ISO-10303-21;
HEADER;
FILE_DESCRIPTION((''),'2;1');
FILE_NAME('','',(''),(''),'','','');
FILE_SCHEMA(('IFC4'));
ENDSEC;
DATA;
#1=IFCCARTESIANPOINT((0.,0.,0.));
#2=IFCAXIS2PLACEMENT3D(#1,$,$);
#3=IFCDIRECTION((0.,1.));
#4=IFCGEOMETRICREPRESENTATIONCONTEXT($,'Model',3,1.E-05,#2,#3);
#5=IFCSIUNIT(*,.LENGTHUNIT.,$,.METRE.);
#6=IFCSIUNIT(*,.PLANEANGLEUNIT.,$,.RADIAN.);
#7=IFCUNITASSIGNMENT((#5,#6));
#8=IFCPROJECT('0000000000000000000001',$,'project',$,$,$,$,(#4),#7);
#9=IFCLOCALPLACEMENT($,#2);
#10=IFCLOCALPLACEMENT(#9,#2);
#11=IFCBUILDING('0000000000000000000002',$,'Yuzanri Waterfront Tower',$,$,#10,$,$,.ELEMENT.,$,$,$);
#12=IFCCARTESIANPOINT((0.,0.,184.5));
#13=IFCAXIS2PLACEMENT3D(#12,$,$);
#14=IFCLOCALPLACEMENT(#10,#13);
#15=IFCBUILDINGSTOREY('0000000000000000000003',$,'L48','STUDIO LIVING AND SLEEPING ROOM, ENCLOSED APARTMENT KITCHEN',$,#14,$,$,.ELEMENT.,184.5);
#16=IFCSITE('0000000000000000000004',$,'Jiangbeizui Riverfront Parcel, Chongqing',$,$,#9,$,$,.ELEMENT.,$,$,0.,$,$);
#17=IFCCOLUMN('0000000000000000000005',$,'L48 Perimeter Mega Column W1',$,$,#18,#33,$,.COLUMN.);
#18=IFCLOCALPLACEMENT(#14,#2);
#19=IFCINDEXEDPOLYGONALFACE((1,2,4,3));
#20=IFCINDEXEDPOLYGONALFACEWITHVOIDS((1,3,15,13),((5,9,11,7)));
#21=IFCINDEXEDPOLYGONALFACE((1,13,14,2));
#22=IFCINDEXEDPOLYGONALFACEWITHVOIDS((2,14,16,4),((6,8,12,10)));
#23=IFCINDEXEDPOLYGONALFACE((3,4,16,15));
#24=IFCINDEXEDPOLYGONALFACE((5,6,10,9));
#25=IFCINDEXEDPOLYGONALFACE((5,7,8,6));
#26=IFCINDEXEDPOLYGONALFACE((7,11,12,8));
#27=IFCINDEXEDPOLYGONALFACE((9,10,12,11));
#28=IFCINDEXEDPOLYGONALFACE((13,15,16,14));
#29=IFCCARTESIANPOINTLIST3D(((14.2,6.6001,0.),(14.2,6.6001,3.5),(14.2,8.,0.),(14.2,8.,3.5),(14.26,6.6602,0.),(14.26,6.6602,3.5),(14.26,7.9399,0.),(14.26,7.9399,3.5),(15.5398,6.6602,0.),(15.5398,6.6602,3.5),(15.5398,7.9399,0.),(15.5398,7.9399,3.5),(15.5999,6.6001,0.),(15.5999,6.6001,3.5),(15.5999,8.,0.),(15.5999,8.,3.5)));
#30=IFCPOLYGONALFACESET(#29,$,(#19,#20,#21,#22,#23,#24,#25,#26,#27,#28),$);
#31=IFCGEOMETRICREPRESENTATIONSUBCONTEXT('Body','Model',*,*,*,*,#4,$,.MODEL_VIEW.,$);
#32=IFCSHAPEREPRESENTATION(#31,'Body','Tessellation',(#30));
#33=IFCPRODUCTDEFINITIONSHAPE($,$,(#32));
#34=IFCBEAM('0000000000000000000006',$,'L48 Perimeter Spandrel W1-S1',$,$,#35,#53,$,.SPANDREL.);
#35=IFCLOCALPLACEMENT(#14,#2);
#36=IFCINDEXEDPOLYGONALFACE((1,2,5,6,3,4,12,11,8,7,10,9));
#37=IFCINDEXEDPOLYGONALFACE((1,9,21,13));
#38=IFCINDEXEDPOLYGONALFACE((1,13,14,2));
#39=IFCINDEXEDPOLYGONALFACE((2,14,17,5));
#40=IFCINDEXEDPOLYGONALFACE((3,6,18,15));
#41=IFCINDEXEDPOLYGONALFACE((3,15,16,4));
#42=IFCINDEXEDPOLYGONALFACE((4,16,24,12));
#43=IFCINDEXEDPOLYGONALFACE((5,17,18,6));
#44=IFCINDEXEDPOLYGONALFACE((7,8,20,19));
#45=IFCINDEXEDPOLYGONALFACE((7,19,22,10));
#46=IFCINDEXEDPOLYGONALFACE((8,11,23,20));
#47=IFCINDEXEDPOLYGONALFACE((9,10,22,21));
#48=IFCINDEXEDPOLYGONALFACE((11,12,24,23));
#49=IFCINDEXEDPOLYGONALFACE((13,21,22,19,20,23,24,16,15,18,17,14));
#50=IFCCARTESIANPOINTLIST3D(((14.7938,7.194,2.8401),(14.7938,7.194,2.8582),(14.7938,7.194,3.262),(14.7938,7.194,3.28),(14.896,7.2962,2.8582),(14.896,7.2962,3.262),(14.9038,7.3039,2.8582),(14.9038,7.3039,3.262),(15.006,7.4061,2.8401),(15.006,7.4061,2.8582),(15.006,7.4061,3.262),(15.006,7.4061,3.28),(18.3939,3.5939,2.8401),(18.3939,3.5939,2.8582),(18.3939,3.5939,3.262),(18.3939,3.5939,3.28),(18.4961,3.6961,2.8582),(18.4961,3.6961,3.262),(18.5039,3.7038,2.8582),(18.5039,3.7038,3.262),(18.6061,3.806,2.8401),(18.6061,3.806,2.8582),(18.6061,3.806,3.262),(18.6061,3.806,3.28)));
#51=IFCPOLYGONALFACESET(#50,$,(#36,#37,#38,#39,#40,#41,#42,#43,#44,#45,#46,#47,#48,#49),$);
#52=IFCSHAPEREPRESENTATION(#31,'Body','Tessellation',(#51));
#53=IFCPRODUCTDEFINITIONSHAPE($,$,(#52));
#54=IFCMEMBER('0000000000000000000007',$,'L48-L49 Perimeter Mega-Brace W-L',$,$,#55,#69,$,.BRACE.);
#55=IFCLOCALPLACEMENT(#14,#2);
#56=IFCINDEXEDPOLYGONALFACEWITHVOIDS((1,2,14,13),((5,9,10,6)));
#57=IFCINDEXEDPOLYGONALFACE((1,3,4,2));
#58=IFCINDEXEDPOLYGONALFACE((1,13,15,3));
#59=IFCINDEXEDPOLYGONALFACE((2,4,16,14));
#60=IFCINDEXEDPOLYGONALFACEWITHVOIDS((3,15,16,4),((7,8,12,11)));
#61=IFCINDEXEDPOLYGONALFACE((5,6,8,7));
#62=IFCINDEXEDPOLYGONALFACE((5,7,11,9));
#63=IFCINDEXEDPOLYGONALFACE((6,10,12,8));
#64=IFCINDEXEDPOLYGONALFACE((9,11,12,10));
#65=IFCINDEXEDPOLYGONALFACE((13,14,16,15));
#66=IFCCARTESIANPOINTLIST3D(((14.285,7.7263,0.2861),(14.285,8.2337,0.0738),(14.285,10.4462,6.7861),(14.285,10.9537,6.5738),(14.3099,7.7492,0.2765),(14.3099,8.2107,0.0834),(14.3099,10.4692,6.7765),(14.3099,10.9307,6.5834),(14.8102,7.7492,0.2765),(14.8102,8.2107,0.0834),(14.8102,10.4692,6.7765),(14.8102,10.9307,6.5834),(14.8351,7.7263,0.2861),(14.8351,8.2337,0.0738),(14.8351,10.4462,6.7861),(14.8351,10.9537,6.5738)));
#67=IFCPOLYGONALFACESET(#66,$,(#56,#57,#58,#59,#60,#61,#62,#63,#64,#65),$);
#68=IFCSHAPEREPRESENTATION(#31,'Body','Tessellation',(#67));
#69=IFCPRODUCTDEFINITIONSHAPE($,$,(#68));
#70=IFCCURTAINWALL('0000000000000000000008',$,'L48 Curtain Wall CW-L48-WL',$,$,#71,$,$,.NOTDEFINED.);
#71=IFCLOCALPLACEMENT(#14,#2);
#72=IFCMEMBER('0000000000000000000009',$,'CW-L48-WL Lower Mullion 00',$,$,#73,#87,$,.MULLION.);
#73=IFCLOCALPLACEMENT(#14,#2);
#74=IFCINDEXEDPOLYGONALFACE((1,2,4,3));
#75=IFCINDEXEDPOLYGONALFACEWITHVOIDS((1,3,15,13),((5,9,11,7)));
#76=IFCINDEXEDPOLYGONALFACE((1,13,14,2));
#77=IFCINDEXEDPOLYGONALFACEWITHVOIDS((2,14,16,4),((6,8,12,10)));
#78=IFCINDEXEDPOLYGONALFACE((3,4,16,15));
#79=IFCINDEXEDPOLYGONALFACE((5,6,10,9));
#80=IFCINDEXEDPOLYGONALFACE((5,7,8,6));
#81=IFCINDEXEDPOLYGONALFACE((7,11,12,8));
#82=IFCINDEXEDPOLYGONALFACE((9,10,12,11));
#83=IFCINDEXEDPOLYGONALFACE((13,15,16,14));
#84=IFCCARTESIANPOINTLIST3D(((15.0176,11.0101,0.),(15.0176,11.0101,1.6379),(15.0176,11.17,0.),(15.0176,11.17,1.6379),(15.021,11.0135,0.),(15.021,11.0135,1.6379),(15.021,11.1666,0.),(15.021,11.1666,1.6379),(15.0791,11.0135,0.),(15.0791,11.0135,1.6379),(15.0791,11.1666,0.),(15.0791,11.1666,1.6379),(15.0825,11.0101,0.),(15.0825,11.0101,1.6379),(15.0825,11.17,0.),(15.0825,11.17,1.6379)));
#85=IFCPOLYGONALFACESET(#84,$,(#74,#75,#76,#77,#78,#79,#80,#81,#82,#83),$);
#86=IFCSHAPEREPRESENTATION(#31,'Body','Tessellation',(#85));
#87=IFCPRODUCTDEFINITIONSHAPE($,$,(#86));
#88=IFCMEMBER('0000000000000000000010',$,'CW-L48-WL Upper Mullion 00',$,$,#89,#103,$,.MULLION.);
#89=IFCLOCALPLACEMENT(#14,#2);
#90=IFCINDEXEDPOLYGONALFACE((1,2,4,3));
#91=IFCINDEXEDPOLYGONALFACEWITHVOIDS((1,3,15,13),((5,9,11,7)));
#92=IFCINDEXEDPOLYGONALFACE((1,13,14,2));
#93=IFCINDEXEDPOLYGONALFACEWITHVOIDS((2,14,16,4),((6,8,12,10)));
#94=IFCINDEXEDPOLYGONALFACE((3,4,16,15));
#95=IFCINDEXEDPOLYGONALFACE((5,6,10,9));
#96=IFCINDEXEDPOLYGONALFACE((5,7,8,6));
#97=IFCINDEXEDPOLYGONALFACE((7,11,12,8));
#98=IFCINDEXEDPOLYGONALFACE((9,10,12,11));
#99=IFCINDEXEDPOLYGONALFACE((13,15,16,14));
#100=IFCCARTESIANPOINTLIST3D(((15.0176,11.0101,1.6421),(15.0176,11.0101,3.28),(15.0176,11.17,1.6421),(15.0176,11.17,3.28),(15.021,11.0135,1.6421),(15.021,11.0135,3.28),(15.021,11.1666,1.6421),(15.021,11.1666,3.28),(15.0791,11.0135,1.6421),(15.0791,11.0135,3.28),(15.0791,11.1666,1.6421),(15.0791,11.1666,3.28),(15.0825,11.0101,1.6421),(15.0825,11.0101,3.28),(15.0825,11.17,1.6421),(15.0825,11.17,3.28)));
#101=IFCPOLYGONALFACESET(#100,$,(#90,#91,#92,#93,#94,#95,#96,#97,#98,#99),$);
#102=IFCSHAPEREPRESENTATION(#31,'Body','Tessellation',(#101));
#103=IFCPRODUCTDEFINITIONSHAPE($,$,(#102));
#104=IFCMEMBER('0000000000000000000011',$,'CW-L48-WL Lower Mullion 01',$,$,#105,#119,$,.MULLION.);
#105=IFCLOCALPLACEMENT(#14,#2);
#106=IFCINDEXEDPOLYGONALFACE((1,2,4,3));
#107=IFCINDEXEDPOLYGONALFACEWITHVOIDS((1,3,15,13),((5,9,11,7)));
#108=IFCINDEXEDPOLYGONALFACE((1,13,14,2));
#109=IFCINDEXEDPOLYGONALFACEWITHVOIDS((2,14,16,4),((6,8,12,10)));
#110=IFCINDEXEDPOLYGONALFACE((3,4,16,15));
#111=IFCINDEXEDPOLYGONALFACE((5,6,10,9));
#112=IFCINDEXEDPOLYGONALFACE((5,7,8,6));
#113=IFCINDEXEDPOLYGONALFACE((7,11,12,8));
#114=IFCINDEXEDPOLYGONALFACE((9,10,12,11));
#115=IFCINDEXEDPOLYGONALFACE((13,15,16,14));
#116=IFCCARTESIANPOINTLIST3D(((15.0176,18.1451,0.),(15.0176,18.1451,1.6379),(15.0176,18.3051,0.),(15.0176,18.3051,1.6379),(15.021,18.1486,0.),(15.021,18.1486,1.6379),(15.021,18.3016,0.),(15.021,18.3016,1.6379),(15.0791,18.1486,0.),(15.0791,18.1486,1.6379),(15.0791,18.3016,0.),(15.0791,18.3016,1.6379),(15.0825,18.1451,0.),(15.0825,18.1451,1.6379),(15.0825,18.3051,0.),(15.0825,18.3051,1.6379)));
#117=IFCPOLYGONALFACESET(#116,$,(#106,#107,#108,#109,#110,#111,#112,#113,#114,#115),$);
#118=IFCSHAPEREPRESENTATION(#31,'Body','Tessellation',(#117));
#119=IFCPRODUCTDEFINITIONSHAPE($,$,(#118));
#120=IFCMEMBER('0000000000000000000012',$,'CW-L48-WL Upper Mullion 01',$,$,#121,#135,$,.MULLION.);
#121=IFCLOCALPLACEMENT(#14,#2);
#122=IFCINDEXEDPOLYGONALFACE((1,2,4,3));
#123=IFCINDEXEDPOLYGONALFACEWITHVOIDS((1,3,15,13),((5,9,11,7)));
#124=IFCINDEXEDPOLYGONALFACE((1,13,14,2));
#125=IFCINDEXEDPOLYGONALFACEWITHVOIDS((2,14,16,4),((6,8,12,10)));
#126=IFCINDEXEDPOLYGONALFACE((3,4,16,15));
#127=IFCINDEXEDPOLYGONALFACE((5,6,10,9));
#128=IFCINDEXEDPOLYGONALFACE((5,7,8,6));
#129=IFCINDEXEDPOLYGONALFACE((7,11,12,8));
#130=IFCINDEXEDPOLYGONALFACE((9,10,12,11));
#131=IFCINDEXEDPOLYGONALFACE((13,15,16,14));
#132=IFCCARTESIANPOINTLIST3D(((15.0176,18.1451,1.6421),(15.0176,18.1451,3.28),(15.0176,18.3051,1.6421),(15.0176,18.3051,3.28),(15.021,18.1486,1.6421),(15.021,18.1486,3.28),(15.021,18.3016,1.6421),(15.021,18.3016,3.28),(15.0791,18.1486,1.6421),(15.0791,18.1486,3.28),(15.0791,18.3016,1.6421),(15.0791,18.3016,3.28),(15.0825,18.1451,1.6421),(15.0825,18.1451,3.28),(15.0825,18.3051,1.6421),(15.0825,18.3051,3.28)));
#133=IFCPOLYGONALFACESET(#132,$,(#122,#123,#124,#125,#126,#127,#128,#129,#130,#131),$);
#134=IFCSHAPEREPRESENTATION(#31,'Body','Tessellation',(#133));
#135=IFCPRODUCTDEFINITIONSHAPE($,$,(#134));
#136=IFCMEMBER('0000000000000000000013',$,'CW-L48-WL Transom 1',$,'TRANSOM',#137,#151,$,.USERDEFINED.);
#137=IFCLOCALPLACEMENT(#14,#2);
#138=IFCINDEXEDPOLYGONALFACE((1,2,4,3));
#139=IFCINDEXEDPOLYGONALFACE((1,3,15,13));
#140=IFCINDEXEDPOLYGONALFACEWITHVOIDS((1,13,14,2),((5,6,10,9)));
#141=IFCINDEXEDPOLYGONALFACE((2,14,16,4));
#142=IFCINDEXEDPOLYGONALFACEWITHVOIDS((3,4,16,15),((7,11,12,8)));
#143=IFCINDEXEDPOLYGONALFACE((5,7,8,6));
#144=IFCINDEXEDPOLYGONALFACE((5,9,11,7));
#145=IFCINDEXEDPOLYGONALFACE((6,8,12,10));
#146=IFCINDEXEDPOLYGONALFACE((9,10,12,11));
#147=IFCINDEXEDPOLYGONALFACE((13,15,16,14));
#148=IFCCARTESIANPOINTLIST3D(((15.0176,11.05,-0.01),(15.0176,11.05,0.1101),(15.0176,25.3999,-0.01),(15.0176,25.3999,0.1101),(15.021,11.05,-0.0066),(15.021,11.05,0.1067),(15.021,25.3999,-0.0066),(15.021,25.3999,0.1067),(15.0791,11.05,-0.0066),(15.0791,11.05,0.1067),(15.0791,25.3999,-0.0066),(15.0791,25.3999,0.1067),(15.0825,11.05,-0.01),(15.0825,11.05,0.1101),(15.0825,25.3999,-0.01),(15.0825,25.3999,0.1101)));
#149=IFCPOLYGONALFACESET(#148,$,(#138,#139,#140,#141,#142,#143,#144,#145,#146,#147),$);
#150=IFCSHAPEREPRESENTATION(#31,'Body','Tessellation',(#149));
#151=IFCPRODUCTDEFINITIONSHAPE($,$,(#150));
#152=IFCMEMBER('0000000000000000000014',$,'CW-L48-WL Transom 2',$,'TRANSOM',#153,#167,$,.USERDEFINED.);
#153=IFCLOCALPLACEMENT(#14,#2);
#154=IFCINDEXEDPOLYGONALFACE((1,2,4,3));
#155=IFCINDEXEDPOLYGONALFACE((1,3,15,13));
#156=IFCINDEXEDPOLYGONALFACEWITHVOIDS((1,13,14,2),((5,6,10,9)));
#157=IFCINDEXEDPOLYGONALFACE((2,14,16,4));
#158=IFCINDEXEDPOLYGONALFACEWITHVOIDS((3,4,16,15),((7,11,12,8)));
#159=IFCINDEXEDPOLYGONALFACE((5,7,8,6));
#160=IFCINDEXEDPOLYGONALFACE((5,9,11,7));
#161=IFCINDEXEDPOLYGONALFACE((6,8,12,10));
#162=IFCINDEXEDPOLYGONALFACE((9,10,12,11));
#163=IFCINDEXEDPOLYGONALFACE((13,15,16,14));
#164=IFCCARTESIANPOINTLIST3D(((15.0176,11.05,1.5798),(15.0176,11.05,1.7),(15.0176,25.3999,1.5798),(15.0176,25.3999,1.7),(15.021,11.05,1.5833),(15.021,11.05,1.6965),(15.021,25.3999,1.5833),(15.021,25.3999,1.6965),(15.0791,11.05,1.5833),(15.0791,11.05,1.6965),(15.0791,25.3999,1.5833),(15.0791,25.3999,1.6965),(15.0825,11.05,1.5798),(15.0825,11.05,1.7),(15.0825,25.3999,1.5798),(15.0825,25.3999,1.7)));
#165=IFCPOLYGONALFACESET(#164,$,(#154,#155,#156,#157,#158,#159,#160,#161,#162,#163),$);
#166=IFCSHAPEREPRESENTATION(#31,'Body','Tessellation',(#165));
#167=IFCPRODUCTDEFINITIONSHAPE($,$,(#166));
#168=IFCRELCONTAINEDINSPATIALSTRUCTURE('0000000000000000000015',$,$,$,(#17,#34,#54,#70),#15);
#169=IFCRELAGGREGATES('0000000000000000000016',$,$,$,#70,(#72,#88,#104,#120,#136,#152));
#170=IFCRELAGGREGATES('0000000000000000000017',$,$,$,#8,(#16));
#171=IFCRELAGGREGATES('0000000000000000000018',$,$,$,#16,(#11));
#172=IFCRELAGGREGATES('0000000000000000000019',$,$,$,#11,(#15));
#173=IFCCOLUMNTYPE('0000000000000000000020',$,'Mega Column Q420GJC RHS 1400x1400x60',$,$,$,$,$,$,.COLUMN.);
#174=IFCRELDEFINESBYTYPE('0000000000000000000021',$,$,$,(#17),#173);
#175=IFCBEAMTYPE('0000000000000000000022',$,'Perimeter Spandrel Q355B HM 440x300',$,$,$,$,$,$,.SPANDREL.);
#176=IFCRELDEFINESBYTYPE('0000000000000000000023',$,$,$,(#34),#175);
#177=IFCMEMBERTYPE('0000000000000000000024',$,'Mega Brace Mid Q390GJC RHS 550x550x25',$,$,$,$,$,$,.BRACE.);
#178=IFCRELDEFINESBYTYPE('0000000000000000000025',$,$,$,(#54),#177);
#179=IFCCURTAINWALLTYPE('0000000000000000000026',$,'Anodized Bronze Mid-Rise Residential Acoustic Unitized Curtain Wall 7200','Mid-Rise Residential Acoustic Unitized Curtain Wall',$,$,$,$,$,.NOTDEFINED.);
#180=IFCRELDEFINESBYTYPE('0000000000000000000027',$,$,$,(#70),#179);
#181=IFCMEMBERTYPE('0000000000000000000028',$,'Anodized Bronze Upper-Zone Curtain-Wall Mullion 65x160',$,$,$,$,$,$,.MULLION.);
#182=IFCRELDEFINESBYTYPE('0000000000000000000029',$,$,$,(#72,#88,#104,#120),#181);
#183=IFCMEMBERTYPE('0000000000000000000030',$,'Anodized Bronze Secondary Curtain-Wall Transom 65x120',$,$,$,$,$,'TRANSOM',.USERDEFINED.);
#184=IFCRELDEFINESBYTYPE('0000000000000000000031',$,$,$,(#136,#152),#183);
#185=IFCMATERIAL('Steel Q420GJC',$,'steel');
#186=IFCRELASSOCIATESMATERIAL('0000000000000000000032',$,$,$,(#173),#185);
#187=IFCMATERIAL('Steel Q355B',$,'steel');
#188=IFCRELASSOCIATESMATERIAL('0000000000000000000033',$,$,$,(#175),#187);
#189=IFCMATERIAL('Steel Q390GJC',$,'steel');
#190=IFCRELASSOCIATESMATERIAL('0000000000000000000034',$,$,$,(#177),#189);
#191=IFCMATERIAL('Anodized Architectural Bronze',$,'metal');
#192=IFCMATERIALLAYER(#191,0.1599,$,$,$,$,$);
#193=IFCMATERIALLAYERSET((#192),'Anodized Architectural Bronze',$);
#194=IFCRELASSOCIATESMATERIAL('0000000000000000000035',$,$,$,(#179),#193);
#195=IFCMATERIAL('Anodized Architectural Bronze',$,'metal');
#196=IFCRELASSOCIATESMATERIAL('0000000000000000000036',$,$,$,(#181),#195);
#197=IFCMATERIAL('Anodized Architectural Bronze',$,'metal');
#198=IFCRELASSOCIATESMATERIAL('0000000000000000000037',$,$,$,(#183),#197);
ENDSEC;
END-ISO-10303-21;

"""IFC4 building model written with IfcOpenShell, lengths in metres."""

from ifc_helpers import new_model, si_unit, direction, frame, origin, origin_2d, place, context, subcontext, project, spatial, hollow_rectangle, i_section, extrude, source, transform, mapped, material, layer, layer_set, material_profile, profile_set, type_object, element, aggregate, save


model = new_model("IFC4")

# Units and contexts
model_context = context("Model", 3, precision=1e-05, world=origin(), true_north=direction((0.0, 1.0)))
body_context = subcontext(model_context, "Body", "Model", "MODEL_VIEW")
ifc_project = project(units=[si_unit("LENGTHUNIT", "METRE"), si_unit("PLANEANGLEUNIT", "RADIAN")], contexts=[model_context])

# Site, building, storey
site_placement = place(None, origin())
site = spatial("IfcSite", under=ifc_project, at=site_placement, Name="Jiangbeizui Riverfront Parcel, Chongqing", CompositionType="ELEMENT", RefElevation=0.0)
building_placement = place(site_placement, origin())
building = spatial("IfcBuilding", under=site, at=building_placement, Name="Yuzanri Waterfront Tower", CompositionType="ELEMENT")
storey_placement = place(building_placement, frame((0.0, 0.0, 184.5)))
storey = spatial("IfcBuildingStorey", under=building, at=storey_placement, Name="L48", Description="STUDIO LIVING AND SLEEPING ROOM, ENCLOSED APARTMENT KITCHEN", CompositionType="ELEMENT", Elevation=184.5)

# Column
ifc_material_1 = material(Name="Steel Q420GJC", Category="steel")
ifc_material_profile_1 = material_profile(ifc_material_1, hollow_rectangle(XDim=1.3999, YDim=1.3999, WallThickness=0.0601, at=origin_2d()), Name="RHS 1400x1400x60")
ifc_profile_set_1 = profile_set([ifc_material_profile_1], Name="Steel Q420GJC")
column_type = type_object("IfcColumnType", Name="Mega Column Q420GJC RHS 1400x1400x60", PredefinedType="COLUMN", material=ifc_profile_set_1)
shared_shape_1 = source(origin(), body_context, "Body", "SweptSolid", [
    extrude(hollow_rectangle(XDim=1.3999, YDim=1.3999, WallThickness=0.0601, at=origin_2d()), origin(), (0.0, 0.0, 1.0), 3.5),
])
column_placement = place(storey_placement, frame((14.8999, 7.3, 0.0), z_axis=(0.0, 0.0, 1.0), x_axis=(1.0, 0.0, 0.0)))
element("IfcColumn", 1, at=column_placement, inside=storey, type_object=column_type, Name="L48 Perimeter Mega Column W1", PredefinedType="COLUMN", context=body_context, shape_type="MappedRepresentation", body=[
    mapped(shared_shape_1, transform((0.0, 0.0, 0.0), scale=1.0)),
])

# Beam
ifc_material_2 = material(Name="Steel Q355B", Category="steel")
ifc_material_profile_2 = material_profile(ifc_material_2, i_section(OverallWidth=0.3, OverallDepth=0.4399, WebThickness=0.011, FlangeThickness=0.0181, at=origin_2d()), Name="HM 440x300x11x18")
ifc_profile_set_2 = profile_set([ifc_material_profile_2], Name="Steel Q355B")
beam_type = type_object("IfcBeamType", Name="Perimeter Spandrel Q355B HM 440x300", PredefinedType="SPANDREL", material=ifc_profile_set_2)
shared_shape_2 = source(origin(), body_context, "Body", "SweptSolid", [
    extrude(i_section(OverallWidth=0.3, OverallDepth=0.4399, WebThickness=0.011, FlangeThickness=0.0181, at=origin_2d()), origin(), (0.0, 0.0, 1.0), 5.0913),
])
beam_placement = place(storey_placement, frame((14.8999, 7.3, 3.0601), z_axis=(0.707107, -0.707107, 0.0), x_axis=(0.707107, 0.707107, 0.0)))
element("IfcBeam", 2, at=beam_placement, inside=storey, type_object=beam_type, Name="L48 Perimeter Spandrel W1-S1", PredefinedType="SPANDREL", context=body_context, shape_type="MappedRepresentation", body=[
    mapped(shared_shape_2, transform((0.0, 0.0, 0.0), scale=1.0)),
])

# Member
ifc_material_3 = material(Name="Steel Q390GJC", Category="steel")
ifc_material_profile_3 = material_profile(ifc_material_3, hollow_rectangle(XDim=0.55, YDim=0.55, WallThickness=0.0249, at=origin_2d()), Name="RHS 550x550x25")
ifc_profile_set_3 = profile_set([ifc_material_profile_3], Name="Steel Q390GJC")
member_type_1 = type_object("IfcMemberType", Name="Mega Brace Mid Q390GJC RHS 550x550x25", PredefinedType="BRACE", material=ifc_profile_set_3)
shared_shape_3 = source(origin(), body_context, "Body", "SweptSolid", [
    extrude(hollow_rectangle(XDim=0.55, YDim=0.55, WallThickness=0.0249, at=origin_2d()), origin(), (0.0, 0.0, 1.0), 7.0461),
])
member_1_placement = place(storey_placement, frame((14.5601, 7.98, 0.1799), z_axis=(0.0, 0.386022, 0.922489), x_axis=(-1.0, 0.0, 0.0)))
element("IfcMember", 3, at=member_1_placement, inside=storey, type_object=member_type_1, Name="L48-L49 Perimeter Mega-Brace W-L", PredefinedType="BRACE", context=body_context, shape_type="MappedRepresentation", body=[
    mapped(shared_shape_3, transform((0.0, 0.0, 0.0), scale=1.0)),
])

# Curtain wall, members
ifc_material_4 = material(Name="Anodized Architectural Bronze", Category="metal")
ifc_layer_1 = layer(ifc_material_4, 0.1599)
ifc_layer_set_1 = layer_set([ifc_layer_1], Name="Anodized Architectural Bronze")
curtain_wall_type = type_object("IfcCurtainWallType", Name="Anodized Bronze Mid-Rise Residential Acoustic Unitized Curtain Wall 7200", Description="Mid-Rise Residential Acoustic Unitized Curtain Wall", PredefinedType="NOTDEFINED", material=ifc_layer_set_1)
curtain_wall_placement = place(storey_placement, origin())
curtain_wall = element("IfcCurtainWall", 4, at=curtain_wall_placement, inside=storey, type_object=curtain_wall_type, Name="L48 Curtain Wall CW-L48-WL", PredefinedType="NOTDEFINED")
ifc_material_5 = material(Name="Anodized Architectural Bronze", Category="metal")
ifc_material_profile_4 = material_profile(ifc_material_5, hollow_rectangle(XDim=0.0649, YDim=0.1599, WallThickness=0.0034, at=origin_2d()), Name="CWM 65x160")
ifc_profile_set_4 = profile_set([ifc_material_profile_4], Name="Anodized Architectural Bronze")
member_type_2 = type_object("IfcMemberType", Name="Anodized Bronze Upper-Zone Curtain-Wall Mullion 65x160", PredefinedType="MULLION", material=ifc_profile_set_4)
shared_shape_4 = source(origin(), body_context, "Body", "SweptSolid", [
    extrude(hollow_rectangle(XDim=0.0649, YDim=0.1599, WallThickness=0.0034, at=origin_2d()), origin(), (0.0, 0.0, 1.0), 1.6379),
])
member_2_placement = place(storey_placement, frame((15.05, 11.0901, 0.0), z_axis=(0.0, 0.0, 1.0), x_axis=(1.0, 0.0, 0.0)))
member_2 = element("IfcMember", 5, at=member_2_placement, type_object=member_type_2, Name="CW-L48-WL Lower Mullion 00", PredefinedType="MULLION", context=body_context, shape_type="MappedRepresentation", body=[
    mapped(shared_shape_4, transform((0.0, 0.0, 0.0), scale=1.0)),
])
member_3_placement = place(storey_placement, frame((15.05, 11.0901, 1.6421), z_axis=(0.0, 0.0, 1.0), x_axis=(1.0, 0.0, 0.0)))
member_3 = element("IfcMember", 6, at=member_3_placement, type_object=member_type_2, Name="CW-L48-WL Upper Mullion 00", PredefinedType="MULLION", context=body_context, shape_type="MappedRepresentation", body=[
    mapped(shared_shape_4, transform((0.0, 0.0, 0.0), scale=1.0)),
])
member_4_placement = place(storey_placement, frame((15.05, 18.2251, 0.0), z_axis=(0.0, 0.0, 1.0), x_axis=(1.0, 0.0, 0.0)))
member_4 = element("IfcMember", 7, at=member_4_placement, type_object=member_type_2, Name="CW-L48-WL Lower Mullion 01", PredefinedType="MULLION", context=body_context, shape_type="MappedRepresentation", body=[
    mapped(shared_shape_4, transform((0.0, 0.0, 0.0), scale=1.0)),
])
member_5_placement = place(storey_placement, frame((15.05, 18.2251, 1.6421), z_axis=(0.0, 0.0, 1.0), x_axis=(1.0, 0.0, 0.0)))
member_5 = element("IfcMember", 8, at=member_5_placement, type_object=member_type_2, Name="CW-L48-WL Upper Mullion 01", PredefinedType="MULLION", context=body_context, shape_type="MappedRepresentation", body=[
    mapped(shared_shape_4, transform((0.0, 0.0, 0.0), scale=1.0)),
])
ifc_material_6 = material(Name="Anodized Architectural Bronze", Category="metal")
ifc_material_profile_5 = material_profile(ifc_material_6, hollow_rectangle(XDim=0.0649, YDim=0.1201, WallThickness=0.0034, at=origin_2d()), Name="CWT 65x120")
ifc_profile_set_5 = profile_set([ifc_material_profile_5], Name="Anodized Architectural Bronze")
member_type_3 = type_object("IfcMemberType", Name="Anodized Bronze Secondary Curtain-Wall Transom 65x120", ElementType="TRANSOM", PredefinedType="USERDEFINED", material=ifc_profile_set_5)
shared_shape_5 = source(origin(), body_context, "Body", "SweptSolid", [
    extrude(hollow_rectangle(XDim=0.0649, YDim=0.1201, WallThickness=0.0034, at=origin_2d()), origin(), (0.0, 0.0, 1.0), 14.3499),
])
member_6_placement = place(storey_placement, frame((15.05, 11.05, 0.05), z_axis=(0.0, 1.0, 0.0), x_axis=(-1.0, 0.0, 0.0)))
member_6 = element("IfcMember", 9, at=member_6_placement, type_object=member_type_3, Name="CW-L48-WL Transom 1", ObjectType="TRANSOM", PredefinedType="USERDEFINED", context=body_context, shape_type="MappedRepresentation", body=[
    mapped(shared_shape_5, transform((0.0, 0.0, 0.0), scale=1.0)),
])
member_7_placement = place(storey_placement, frame((15.05, 11.05, 1.6399), z_axis=(0.0, 1.0, 0.0), x_axis=(-1.0, 0.0, 0.0)))
member_7 = element("IfcMember", 10, at=member_7_placement, type_object=member_type_3, Name="CW-L48-WL Transom 2", ObjectType="TRANSOM", PredefinedType="USERDEFINED", context=body_context, shape_type="MappedRepresentation", body=[
    mapped(shared_shape_5, transform((0.0, 0.0, 0.0), scale=1.0)),
])

aggregate(curtain_wall, [member_2, member_3, member_4, member_5, member_6, member_7])

save(model, "model.ifc")
